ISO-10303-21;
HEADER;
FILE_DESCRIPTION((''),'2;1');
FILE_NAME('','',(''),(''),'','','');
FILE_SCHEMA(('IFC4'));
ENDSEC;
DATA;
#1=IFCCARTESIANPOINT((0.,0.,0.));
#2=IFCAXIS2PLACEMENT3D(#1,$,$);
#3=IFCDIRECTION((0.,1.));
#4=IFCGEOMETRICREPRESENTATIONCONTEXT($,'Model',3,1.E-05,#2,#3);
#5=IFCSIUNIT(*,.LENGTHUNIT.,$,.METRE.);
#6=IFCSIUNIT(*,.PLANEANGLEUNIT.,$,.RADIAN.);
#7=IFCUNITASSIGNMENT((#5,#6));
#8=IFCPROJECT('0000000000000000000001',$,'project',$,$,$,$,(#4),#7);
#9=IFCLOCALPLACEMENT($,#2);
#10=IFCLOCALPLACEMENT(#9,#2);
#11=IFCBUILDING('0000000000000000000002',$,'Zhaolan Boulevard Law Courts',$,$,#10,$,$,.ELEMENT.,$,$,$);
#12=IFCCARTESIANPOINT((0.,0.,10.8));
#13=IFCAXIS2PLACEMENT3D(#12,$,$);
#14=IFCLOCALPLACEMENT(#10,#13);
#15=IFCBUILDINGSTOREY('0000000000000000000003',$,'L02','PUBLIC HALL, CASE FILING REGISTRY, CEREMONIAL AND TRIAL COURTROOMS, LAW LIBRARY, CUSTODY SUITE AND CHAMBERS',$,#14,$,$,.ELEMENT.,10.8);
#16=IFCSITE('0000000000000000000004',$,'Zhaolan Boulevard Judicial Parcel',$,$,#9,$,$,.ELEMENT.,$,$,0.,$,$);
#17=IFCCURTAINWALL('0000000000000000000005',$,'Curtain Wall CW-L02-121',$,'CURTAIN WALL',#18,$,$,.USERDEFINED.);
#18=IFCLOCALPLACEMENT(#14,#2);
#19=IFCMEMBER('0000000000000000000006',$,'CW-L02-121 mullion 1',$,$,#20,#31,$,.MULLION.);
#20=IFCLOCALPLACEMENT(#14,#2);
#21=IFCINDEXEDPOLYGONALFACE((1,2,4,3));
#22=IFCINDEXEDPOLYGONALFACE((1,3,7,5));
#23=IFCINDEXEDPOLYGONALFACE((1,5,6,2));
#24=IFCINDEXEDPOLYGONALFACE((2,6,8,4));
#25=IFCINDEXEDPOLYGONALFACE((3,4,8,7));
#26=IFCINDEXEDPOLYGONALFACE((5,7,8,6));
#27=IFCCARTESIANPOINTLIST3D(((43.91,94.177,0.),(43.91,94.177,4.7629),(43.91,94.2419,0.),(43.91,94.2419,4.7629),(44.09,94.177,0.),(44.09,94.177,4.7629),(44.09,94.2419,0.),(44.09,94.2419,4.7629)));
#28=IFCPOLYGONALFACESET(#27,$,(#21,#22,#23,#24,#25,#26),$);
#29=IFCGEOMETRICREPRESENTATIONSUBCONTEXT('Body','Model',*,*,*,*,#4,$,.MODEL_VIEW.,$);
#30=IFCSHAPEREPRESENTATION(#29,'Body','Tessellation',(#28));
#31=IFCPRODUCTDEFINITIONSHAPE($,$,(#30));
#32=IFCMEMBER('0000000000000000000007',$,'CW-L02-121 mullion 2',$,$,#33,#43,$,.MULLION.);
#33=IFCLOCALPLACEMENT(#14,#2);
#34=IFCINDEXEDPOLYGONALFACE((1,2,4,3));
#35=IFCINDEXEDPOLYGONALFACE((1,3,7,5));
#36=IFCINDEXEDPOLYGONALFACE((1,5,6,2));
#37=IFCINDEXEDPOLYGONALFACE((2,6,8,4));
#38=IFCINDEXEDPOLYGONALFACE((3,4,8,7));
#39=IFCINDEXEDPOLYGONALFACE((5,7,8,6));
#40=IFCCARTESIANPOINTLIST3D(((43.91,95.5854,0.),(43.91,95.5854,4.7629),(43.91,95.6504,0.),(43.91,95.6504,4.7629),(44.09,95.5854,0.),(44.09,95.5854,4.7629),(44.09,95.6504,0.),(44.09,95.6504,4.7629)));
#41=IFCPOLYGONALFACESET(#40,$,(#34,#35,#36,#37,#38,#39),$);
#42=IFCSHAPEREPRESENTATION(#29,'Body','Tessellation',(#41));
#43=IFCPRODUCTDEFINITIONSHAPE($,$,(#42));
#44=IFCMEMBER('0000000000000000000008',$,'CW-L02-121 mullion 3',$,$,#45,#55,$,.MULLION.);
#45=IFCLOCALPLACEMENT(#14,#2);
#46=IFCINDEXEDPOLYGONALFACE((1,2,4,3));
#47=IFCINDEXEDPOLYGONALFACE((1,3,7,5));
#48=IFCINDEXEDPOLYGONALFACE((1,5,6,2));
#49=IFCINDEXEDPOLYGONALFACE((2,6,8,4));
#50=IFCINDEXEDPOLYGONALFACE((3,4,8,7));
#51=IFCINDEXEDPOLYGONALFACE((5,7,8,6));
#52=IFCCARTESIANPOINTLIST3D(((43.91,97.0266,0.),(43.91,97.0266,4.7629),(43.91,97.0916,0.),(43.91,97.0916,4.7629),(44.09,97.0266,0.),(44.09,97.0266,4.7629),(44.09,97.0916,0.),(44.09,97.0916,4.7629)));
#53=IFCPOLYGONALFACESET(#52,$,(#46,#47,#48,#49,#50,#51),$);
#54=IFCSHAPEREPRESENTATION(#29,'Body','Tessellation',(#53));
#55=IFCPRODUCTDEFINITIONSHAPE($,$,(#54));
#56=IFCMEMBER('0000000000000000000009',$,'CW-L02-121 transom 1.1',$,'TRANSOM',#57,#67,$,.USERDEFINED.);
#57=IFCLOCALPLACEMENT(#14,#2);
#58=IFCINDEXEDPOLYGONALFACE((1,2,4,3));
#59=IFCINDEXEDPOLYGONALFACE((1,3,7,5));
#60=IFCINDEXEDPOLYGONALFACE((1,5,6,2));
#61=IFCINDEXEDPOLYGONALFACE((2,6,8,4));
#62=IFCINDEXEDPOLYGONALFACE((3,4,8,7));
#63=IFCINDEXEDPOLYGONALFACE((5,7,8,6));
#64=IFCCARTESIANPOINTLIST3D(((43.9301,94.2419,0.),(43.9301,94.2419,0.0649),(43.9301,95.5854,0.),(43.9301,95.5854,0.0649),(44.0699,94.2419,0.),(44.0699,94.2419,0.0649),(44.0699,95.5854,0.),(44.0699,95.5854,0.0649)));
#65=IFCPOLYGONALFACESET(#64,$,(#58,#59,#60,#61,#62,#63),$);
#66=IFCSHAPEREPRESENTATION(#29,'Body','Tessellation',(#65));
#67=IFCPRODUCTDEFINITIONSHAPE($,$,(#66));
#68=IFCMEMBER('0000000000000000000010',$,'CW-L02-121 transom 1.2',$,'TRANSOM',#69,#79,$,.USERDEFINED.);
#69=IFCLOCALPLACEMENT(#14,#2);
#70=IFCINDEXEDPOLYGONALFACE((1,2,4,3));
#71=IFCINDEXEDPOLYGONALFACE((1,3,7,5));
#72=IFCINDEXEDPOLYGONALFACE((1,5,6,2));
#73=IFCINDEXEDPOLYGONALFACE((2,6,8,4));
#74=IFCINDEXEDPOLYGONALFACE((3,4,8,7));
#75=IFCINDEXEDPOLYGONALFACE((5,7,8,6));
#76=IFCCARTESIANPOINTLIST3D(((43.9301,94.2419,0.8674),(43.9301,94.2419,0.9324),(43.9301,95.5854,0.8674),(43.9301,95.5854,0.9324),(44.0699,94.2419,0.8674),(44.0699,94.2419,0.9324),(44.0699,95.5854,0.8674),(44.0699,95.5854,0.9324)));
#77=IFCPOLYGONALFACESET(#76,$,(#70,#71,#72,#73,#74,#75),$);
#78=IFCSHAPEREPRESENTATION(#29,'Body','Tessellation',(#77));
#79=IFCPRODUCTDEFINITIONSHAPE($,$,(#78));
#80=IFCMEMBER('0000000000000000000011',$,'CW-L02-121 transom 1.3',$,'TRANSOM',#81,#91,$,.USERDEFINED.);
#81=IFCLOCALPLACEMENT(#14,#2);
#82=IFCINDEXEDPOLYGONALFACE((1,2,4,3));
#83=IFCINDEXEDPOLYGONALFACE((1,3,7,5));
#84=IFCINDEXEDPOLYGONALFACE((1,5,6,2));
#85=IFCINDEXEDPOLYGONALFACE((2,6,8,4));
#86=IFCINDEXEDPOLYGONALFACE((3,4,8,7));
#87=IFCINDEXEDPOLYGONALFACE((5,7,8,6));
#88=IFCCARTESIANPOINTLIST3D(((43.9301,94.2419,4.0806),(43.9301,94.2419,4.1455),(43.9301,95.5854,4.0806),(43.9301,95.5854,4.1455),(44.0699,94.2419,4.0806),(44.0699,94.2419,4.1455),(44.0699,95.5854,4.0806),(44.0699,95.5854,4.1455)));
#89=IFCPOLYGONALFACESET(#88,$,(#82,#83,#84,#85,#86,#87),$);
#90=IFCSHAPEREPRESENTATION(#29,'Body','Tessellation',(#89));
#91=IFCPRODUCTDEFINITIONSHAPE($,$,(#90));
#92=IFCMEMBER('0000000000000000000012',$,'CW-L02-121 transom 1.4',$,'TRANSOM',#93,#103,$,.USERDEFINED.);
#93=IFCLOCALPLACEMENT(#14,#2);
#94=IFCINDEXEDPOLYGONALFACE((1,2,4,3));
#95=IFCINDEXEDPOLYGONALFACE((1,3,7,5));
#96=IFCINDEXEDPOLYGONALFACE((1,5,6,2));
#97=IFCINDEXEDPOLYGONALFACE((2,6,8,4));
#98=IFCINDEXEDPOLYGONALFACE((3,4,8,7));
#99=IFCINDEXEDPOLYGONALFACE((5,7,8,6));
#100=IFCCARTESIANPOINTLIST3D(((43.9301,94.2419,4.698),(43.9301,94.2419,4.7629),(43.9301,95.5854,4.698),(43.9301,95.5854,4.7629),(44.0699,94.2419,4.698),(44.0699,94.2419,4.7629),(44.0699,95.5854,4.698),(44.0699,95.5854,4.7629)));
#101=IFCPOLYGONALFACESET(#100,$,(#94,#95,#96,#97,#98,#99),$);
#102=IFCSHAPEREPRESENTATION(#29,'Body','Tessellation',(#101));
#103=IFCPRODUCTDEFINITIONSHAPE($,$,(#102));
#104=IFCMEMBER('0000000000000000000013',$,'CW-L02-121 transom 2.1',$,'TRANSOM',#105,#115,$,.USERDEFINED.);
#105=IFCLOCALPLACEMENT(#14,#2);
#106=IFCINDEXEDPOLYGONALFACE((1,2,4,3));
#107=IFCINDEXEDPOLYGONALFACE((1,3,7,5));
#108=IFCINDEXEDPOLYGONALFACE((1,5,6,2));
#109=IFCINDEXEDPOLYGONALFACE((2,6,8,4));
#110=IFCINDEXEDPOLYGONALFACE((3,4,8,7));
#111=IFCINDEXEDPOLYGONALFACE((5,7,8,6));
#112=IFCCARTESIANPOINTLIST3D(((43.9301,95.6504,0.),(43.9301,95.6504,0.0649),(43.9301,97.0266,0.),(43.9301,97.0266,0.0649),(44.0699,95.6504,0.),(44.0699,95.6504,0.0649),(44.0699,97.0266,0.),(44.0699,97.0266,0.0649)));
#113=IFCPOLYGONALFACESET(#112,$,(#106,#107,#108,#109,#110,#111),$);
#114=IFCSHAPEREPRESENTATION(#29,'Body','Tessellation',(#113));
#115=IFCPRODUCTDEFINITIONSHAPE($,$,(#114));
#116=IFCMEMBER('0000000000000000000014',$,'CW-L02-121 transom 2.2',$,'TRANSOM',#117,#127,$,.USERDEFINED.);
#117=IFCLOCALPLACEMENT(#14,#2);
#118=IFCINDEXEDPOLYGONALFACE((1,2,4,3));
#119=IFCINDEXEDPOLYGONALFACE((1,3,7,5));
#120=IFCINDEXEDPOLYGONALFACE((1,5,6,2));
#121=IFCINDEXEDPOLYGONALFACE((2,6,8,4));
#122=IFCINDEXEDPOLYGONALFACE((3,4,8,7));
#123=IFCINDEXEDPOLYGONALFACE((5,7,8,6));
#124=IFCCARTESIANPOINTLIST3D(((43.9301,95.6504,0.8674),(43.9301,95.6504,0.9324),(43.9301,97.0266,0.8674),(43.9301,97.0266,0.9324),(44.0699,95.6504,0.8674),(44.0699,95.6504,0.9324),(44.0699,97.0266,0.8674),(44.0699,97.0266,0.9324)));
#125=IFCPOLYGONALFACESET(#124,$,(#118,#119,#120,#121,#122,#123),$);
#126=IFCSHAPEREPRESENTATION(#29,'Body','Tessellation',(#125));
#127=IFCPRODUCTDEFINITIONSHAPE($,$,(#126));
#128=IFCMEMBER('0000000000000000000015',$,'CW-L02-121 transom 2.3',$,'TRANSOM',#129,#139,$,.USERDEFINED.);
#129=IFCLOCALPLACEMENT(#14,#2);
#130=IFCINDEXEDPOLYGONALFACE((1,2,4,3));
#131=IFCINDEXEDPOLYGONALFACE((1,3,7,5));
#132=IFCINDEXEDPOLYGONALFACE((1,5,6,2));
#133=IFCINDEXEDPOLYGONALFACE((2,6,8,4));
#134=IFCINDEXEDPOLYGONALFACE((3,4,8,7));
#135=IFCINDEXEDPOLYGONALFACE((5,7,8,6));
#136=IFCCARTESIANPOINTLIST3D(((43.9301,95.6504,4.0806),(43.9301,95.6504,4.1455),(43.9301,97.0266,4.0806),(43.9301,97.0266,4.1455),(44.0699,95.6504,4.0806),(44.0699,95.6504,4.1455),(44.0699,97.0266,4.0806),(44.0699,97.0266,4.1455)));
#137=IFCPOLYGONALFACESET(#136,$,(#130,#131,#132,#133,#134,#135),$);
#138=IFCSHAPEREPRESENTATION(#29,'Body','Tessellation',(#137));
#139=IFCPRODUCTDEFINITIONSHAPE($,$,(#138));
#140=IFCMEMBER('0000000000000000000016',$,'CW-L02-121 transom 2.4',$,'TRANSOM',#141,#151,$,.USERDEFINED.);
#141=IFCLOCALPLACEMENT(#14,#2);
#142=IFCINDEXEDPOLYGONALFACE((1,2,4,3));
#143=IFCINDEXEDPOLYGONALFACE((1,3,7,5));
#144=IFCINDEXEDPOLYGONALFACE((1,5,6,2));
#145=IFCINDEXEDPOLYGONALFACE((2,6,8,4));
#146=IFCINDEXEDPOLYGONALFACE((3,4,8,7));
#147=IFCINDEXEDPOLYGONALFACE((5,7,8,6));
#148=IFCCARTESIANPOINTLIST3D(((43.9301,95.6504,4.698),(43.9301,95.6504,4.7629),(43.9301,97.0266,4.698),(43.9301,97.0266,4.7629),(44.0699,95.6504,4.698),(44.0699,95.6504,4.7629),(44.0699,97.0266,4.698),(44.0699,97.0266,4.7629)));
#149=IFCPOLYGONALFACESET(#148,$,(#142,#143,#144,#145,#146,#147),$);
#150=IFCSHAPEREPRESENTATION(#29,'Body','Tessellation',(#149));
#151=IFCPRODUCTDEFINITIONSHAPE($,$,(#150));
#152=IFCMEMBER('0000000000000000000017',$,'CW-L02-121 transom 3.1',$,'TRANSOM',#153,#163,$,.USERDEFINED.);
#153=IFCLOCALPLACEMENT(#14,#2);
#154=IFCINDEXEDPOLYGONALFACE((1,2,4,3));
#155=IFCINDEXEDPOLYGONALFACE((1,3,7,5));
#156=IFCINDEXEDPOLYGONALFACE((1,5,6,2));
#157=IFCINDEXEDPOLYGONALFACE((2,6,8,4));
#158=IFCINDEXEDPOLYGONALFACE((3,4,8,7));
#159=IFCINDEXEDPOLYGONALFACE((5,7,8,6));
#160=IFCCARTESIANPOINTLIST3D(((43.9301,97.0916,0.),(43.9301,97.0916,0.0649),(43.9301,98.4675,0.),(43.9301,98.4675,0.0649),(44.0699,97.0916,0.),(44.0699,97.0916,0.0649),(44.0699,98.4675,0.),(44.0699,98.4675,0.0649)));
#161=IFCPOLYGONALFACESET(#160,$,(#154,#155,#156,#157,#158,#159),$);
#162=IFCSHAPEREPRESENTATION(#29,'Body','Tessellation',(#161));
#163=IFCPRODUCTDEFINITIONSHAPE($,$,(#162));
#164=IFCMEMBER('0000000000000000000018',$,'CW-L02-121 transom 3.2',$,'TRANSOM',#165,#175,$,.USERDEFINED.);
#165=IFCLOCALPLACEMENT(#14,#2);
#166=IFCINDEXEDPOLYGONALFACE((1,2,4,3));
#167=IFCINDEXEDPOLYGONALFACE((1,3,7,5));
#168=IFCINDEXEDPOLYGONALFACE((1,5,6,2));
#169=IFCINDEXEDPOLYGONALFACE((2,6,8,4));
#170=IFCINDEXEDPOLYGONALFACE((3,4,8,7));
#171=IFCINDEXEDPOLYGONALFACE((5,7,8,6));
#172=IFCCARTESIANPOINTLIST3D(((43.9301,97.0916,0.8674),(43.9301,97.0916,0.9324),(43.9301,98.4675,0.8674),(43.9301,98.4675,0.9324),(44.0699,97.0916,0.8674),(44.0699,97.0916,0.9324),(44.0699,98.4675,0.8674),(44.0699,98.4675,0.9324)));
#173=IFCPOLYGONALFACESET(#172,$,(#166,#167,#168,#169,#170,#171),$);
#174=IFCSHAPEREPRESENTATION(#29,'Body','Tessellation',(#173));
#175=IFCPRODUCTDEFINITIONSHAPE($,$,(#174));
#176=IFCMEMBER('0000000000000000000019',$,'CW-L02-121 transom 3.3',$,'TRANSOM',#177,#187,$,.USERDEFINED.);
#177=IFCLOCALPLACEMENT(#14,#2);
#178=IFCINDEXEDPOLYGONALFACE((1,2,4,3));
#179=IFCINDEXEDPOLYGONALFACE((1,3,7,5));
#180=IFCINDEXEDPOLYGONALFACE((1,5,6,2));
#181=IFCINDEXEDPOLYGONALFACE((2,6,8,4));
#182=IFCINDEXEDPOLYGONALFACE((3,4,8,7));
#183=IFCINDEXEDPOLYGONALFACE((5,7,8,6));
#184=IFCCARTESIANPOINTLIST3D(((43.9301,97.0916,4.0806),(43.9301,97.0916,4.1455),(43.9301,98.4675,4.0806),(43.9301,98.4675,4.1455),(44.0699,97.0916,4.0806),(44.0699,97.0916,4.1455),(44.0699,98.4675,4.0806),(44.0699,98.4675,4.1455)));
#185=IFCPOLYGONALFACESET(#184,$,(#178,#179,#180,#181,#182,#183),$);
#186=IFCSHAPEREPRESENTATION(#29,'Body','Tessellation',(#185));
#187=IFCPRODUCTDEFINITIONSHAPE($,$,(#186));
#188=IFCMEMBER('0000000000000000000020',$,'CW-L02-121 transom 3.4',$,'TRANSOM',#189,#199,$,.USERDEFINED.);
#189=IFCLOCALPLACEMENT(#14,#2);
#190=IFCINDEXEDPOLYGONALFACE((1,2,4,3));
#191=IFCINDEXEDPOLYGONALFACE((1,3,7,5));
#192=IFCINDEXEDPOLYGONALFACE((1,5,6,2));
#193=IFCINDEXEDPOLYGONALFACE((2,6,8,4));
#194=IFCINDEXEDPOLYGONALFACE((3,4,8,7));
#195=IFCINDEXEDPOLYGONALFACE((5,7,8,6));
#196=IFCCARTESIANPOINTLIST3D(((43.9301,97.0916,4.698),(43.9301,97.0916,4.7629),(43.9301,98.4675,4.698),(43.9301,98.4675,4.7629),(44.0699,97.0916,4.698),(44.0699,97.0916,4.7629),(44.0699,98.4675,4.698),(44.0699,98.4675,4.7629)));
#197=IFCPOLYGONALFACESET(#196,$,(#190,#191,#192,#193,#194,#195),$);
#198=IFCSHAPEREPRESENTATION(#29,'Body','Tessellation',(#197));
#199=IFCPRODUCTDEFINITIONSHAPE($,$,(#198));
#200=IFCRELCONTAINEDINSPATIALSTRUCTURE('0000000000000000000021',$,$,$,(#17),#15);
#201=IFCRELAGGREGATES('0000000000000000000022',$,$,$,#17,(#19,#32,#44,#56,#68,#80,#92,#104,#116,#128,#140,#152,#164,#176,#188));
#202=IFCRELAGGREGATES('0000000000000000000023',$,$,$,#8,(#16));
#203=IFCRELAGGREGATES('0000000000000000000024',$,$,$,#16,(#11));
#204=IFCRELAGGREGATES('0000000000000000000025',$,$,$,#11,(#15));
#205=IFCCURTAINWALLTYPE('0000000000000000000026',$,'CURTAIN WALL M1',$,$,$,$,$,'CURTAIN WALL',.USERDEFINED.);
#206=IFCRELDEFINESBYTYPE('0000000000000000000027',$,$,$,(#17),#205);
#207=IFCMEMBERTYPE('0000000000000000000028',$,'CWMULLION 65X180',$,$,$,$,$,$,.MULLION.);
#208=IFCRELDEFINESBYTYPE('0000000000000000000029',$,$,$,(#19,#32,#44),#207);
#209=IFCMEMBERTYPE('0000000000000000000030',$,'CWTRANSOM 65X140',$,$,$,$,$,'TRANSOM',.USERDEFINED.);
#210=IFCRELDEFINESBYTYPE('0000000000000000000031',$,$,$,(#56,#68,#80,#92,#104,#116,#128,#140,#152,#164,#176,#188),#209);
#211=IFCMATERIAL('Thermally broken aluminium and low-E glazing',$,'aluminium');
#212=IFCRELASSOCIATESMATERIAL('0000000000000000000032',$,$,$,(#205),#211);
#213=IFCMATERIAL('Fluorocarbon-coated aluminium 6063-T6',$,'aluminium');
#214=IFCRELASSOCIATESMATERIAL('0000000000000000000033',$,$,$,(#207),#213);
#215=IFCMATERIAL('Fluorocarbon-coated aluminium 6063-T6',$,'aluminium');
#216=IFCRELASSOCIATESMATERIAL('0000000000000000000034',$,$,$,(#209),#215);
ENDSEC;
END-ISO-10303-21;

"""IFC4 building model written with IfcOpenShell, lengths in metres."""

from ifc_helpers import new_model, si_unit, direction, frame, origin, origin_2d, place, context, subcontext, project, spatial, rectangle, extrude, material, material_profile, profile_set, type_object, element, aggregate, save


model = new_model("IFC4")

# Units and contexts
model_context = context("Model", 3, precision=1e-05, world=origin(), true_north=direction((0.0, 1.0)))
body_context = subcontext(model_context, "Body", "Model", "MODEL_VIEW")
ifc_project = project(units=[si_unit("LENGTHUNIT", "METRE"), si_unit("PLANEANGLEUNIT", "RADIAN")], contexts=[model_context])

# Site, building, storey
site_placement = place(None, origin())
site = spatial("IfcSite", under=ifc_project, at=site_placement, Name="Zhaolan Boulevard Judicial Parcel", CompositionType="ELEMENT", RefElevation=0.0)
building_placement = place(site_placement, origin())
building = spatial("IfcBuilding", under=site, at=building_placement, Name="Zhaolan Boulevard Law Courts", CompositionType="ELEMENT")
storey_placement = place(building_placement, frame((0.0, 0.0, 10.8)))
storey = spatial("IfcBuildingStorey", under=building, at=storey_placement, Name="L02", Description="PUBLIC HALL, CASE FILING REGISTRY, CEREMONIAL AND TRIAL COURTROOMS, LAW LIBRARY, CUSTODY SUITE AND CHAMBERS", CompositionType="ELEMENT", Elevation=10.8)

# Curtain wall, members
ifc_material_1 = material(Name="Thermally broken aluminium and low-E glazing", Category="aluminium")
curtain_wall_type = type_object("IfcCurtainWallType", Name="CURTAIN WALL M1", ElementType="CURTAIN WALL", PredefinedType="USERDEFINED", material=ifc_material_1)
curtain_wall_placement = place(storey_placement, origin())
curtain_wall = element("IfcCurtainWall", 1, at=curtain_wall_placement, inside=storey, type_object=curtain_wall_type, Name="Curtain Wall CW-L02-121", ObjectType="CURTAIN WALL", PredefinedType="USERDEFINED")
ifc_material_2 = material(Name="Fluorocarbon-coated aluminium 6063-T6", Category="aluminium")
ifc_material_profile_1 = material_profile(ifc_material_2, rectangle(XDim=0.1799, YDim=0.0649, at=origin_2d()), Name="AL65x180")
ifc_profile_set_1 = profile_set([ifc_material_profile_1], Name="Fluorocarbon-coated aluminium 6063-T6")
member_type_1 = type_object("IfcMemberType", Name="CWMULLION 65X180", PredefinedType="MULLION", material=ifc_profile_set_1)
member_1_placement = place(storey_placement, frame((44.0, 94.2095, 0.0), z_axis=(0.0, 0.0, 1.0), x_axis=(-1.0, 0.0, 0.0)))
member_1 = element("IfcMember", 2, at=member_1_placement, type_object=member_type_1, Name="CW-L02-121 mullion 1", PredefinedType="MULLION", context=body_context, shape_type="SweptSolid", body=[
    extrude(rectangle(XDim=0.1799, YDim=0.0649, at=origin_2d()), origin(), (0.0, 0.0, 1.0), 4.7629),
])
member_2_placement = place(storey_placement, frame((44.0, 95.6179, 0.0), z_axis=(0.0, 0.0, 1.0), x_axis=(-1.0, 0.0, 0.0)))
member_2 = element("IfcMember", 3, at=member_2_placement, type_object=member_type_1, Name="CW-L02-121 mullion 2", PredefinedType="MULLION", context=body_context, shape_type="SweptSolid", body=[
    extrude(rectangle(XDim=0.1799, YDim=0.0649, at=origin_2d()), origin(), (0.0, 0.0, 1.0), 4.7629),
])
member_3_placement = place(storey_placement, frame((44.0, 97.0591, 0.0), z_axis=(0.0, 0.0, 1.0), x_axis=(-1.0, 0.0, 0.0)))
member_3 = element("IfcMember", 4, at=member_3_placement, type_object=member_type_1, Name="CW-L02-121 mullion 3", PredefinedType="MULLION", context=body_context, shape_type="SweptSolid", body=[
    extrude(rectangle(XDim=0.1799, YDim=0.0649, at=origin_2d()), origin(), (0.0, 0.0, 1.0), 4.7629),
])
ifc_material_3 = material(Name="Fluorocarbon-coated aluminium 6063-T6", Category="aluminium")
ifc_material_profile_2 = material_profile(ifc_material_3, rectangle(XDim=0.1399, YDim=0.0649, at=origin_2d()), Name="AL65x140")
ifc_profile_set_2 = profile_set([ifc_material_profile_2], Name="Fluorocarbon-coated aluminium 6063-T6")
member_type_2 = type_object("IfcMemberType", Name="CWTRANSOM 65X140", ElementType="TRANSOM", PredefinedType="USERDEFINED", material=ifc_profile_set_2)
member_4_placement = place(storey_placement, frame((44.0, 94.2419, 0.0325), z_axis=(0.0, 1.0, 0.0), x_axis=(-1.0, 0.0, 0.0)))
member_4 = element("IfcMember", 5, at=member_4_placement, type_object=member_type_2, Name="CW-L02-121 transom 1.1", ObjectType="TRANSOM", PredefinedType="USERDEFINED", context=body_context, shape_type="SweptSolid", body=[
    extrude(rectangle(XDim=0.1399, YDim=0.0649, at=origin_2d()), origin(), (0.0, 0.0, 1.0), 1.3435),
])
member_5_placement = place(storey_placement, frame((44.0, 94.2419, 0.8999), z_axis=(0.0, 1.0, 0.0), x_axis=(-1.0, 0.0, 0.0)))
member_5 = element("IfcMember", 6, at=member_5_placement, type_object=member_type_2, Name="CW-L02-121 transom 1.2", ObjectType="TRANSOM", PredefinedType="USERDEFINED", context=body_context, shape_type="SweptSolid", body=[
    extrude(rectangle(XDim=0.1399, YDim=0.0649, at=origin_2d()), origin(), (0.0, 0.0, 1.0), 1.3435),
])
member_6_placement = place(storey_placement, frame((44.0, 94.2419, 4.113), z_axis=(0.0, 1.0, 0.0), x_axis=(-1.0, 0.0, 0.0)))
member_6 = element("IfcMember", 7, at=member_6_placement, type_object=member_type_2, Name="CW-L02-121 transom 1.3", ObjectType="TRANSOM", PredefinedType="USERDEFINED", context=body_context, shape_type="SweptSolid", body=[
    extrude(rectangle(XDim=0.1399, YDim=0.0649, at=origin_2d()), origin(), (0.0, 0.0, 1.0), 1.3435),
])
member_7_placement = place(storey_placement, frame((44.0, 94.2419, 4.7305), z_axis=(0.0, 1.0, 0.0), x_axis=(-1.0, 0.0, 0.0)))
member_7 = element("IfcMember", 8, at=member_7_placement, type_object=member_type_2, Name="CW-L02-121 transom 1.4", ObjectType="TRANSOM", PredefinedType="USERDEFINED", context=body_context, shape_type="SweptSolid", body=[
    extrude(rectangle(XDim=0.1399, YDim=0.0649, at=origin_2d()), origin(), (0.0, 0.0, 1.0), 1.3435),
])
member_8_placement = place(storey_placement, frame((44.0, 95.6504, 0.0325), z_axis=(0.0, 1.0, 0.0), x_axis=(-1.0, 0.0, 0.0)))
member_8 = element("IfcMember", 9, at=member_8_placement, type_object=member_type_2, Name="CW-L02-121 transom 2.1", ObjectType="TRANSOM", PredefinedType="USERDEFINED", context=body_context, shape_type="SweptSolid", body=[
    extrude(rectangle(XDim=0.1399, YDim=0.0649, at=origin_2d()), origin(), (0.0, 0.0, 1.0), 1.3762),
])
member_9_placement = place(storey_placement, frame((44.0, 95.6504, 0.8999), z_axis=(0.0, 1.0, 0.0), x_axis=(-1.0, 0.0, 0.0)))
member_9 = element("IfcMember", 10, at=member_9_placement, type_object=member_type_2, Name="CW-L02-121 transom 2.2", ObjectType="TRANSOM", PredefinedType="USERDEFINED", context=body_context, shape_type="SweptSolid", body=[
    extrude(rectangle(XDim=0.1399, YDim=0.0649, at=origin_2d()), origin(), (0.0, 0.0, 1.0), 1.3762),
])
member_10_placement = place(storey_placement, frame((44.0, 95.6504, 4.113), z_axis=(0.0, 1.0, 0.0), x_axis=(-1.0, 0.0, 0.0)))
member_10 = element("IfcMember", 11, at=member_10_placement, type_object=member_type_2, Name="CW-L02-121 transom 2.3", ObjectType="TRANSOM", PredefinedType="USERDEFINED", context=body_context, shape_type="SweptSolid", body=[
    extrude(rectangle(XDim=0.1399, YDim=0.0649, at=origin_2d()), origin(), (0.0, 0.0, 1.0), 1.3762),
])
member_11_placement = place(storey_placement, frame((44.0, 95.6504, 4.7305), z_axis=(0.0, 1.0, 0.0), x_axis=(-1.0, 0.0, 0.0)))
member_11 = element("IfcMember", 12, at=member_11_placement, type_object=member_type_2, Name="CW-L02-121 transom 2.4", ObjectType="TRANSOM", PredefinedType="USERDEFINED", context=body_context, shape_type="SweptSolid", body=[
    extrude(rectangle(XDim=0.1399, YDim=0.0649, at=origin_2d()), origin(), (0.0, 0.0, 1.0), 1.3762),
])
member_12_placement = place(storey_placement, frame((44.0, 97.0916, 0.0325), z_axis=(0.0, 1.0, 0.0), x_axis=(-1.0, 0.0, 0.0)))
member_12 = element("IfcMember", 13, at=member_12_placement, type_object=member_type_2, Name="CW-L02-121 transom 3.1", ObjectType="TRANSOM", PredefinedType="USERDEFINED", context=body_context, shape_type="SweptSolid", body=[
    extrude(rectangle(XDim=0.1399, YDim=0.0649, at=origin_2d()), origin(), (0.0, 0.0, 1.0), 1.376),
])
member_13_placement = place(storey_placement, frame((44.0, 97.0916, 0.8999), z_axis=(0.0, 1.0, 0.0), x_axis=(-1.0, 0.0, 0.0)))
member_13 = element("IfcMember", 14, at=member_13_placement, type_object=member_type_2, Name="CW-L02-121 transom 3.2", ObjectType="TRANSOM", PredefinedType="USERDEFINED", context=body_context, shape_type="SweptSolid", body=[
    extrude(rectangle(XDim=0.1399, YDim=0.0649, at=origin_2d()), origin(), (0.0, 0.0, 1.0), 1.376),
])
member_14_placement = place(storey_placement, frame((44.0, 97.0916, 4.113), z_axis=(0.0, 1.0, 0.0), x_axis=(-1.0, 0.0, 0.0)))
member_14 = element("IfcMember", 15, at=member_14_placement, type_object=member_type_2, Name="CW-L02-121 transom 3.3", ObjectType="TRANSOM", PredefinedType="USERDEFINED", context=body_context, shape_type="SweptSolid", body=[
    extrude(rectangle(XDim=0.1399, YDim=0.0649, at=origin_2d()), origin(), (0.0, 0.0, 1.0), 1.376),
])
member_15_placement = place(storey_placement, frame((44.0, 97.0916, 4.7305), z_axis=(0.0, 1.0, 0.0), x_axis=(-1.0, 0.0, 0.0)))
member_15 = element("IfcMember", 16, at=member_15_placement, type_object=member_type_2, Name="CW-L02-121 transom 3.4", ObjectType="TRANSOM", PredefinedType="USERDEFINED", context=body_context, shape_type="SweptSolid", body=[
    extrude(rectangle(XDim=0.1399, YDim=0.0649, at=origin_2d()), origin(), (0.0, 0.0, 1.0), 1.376),
])

aggregate(curtain_wall, [member_1, member_2, member_3, member_4, member_5, member_6, member_7, member_8, member_9, member_10, member_11, member_12, member_13, member_14, member_15])

save(model, "model.ifc")
